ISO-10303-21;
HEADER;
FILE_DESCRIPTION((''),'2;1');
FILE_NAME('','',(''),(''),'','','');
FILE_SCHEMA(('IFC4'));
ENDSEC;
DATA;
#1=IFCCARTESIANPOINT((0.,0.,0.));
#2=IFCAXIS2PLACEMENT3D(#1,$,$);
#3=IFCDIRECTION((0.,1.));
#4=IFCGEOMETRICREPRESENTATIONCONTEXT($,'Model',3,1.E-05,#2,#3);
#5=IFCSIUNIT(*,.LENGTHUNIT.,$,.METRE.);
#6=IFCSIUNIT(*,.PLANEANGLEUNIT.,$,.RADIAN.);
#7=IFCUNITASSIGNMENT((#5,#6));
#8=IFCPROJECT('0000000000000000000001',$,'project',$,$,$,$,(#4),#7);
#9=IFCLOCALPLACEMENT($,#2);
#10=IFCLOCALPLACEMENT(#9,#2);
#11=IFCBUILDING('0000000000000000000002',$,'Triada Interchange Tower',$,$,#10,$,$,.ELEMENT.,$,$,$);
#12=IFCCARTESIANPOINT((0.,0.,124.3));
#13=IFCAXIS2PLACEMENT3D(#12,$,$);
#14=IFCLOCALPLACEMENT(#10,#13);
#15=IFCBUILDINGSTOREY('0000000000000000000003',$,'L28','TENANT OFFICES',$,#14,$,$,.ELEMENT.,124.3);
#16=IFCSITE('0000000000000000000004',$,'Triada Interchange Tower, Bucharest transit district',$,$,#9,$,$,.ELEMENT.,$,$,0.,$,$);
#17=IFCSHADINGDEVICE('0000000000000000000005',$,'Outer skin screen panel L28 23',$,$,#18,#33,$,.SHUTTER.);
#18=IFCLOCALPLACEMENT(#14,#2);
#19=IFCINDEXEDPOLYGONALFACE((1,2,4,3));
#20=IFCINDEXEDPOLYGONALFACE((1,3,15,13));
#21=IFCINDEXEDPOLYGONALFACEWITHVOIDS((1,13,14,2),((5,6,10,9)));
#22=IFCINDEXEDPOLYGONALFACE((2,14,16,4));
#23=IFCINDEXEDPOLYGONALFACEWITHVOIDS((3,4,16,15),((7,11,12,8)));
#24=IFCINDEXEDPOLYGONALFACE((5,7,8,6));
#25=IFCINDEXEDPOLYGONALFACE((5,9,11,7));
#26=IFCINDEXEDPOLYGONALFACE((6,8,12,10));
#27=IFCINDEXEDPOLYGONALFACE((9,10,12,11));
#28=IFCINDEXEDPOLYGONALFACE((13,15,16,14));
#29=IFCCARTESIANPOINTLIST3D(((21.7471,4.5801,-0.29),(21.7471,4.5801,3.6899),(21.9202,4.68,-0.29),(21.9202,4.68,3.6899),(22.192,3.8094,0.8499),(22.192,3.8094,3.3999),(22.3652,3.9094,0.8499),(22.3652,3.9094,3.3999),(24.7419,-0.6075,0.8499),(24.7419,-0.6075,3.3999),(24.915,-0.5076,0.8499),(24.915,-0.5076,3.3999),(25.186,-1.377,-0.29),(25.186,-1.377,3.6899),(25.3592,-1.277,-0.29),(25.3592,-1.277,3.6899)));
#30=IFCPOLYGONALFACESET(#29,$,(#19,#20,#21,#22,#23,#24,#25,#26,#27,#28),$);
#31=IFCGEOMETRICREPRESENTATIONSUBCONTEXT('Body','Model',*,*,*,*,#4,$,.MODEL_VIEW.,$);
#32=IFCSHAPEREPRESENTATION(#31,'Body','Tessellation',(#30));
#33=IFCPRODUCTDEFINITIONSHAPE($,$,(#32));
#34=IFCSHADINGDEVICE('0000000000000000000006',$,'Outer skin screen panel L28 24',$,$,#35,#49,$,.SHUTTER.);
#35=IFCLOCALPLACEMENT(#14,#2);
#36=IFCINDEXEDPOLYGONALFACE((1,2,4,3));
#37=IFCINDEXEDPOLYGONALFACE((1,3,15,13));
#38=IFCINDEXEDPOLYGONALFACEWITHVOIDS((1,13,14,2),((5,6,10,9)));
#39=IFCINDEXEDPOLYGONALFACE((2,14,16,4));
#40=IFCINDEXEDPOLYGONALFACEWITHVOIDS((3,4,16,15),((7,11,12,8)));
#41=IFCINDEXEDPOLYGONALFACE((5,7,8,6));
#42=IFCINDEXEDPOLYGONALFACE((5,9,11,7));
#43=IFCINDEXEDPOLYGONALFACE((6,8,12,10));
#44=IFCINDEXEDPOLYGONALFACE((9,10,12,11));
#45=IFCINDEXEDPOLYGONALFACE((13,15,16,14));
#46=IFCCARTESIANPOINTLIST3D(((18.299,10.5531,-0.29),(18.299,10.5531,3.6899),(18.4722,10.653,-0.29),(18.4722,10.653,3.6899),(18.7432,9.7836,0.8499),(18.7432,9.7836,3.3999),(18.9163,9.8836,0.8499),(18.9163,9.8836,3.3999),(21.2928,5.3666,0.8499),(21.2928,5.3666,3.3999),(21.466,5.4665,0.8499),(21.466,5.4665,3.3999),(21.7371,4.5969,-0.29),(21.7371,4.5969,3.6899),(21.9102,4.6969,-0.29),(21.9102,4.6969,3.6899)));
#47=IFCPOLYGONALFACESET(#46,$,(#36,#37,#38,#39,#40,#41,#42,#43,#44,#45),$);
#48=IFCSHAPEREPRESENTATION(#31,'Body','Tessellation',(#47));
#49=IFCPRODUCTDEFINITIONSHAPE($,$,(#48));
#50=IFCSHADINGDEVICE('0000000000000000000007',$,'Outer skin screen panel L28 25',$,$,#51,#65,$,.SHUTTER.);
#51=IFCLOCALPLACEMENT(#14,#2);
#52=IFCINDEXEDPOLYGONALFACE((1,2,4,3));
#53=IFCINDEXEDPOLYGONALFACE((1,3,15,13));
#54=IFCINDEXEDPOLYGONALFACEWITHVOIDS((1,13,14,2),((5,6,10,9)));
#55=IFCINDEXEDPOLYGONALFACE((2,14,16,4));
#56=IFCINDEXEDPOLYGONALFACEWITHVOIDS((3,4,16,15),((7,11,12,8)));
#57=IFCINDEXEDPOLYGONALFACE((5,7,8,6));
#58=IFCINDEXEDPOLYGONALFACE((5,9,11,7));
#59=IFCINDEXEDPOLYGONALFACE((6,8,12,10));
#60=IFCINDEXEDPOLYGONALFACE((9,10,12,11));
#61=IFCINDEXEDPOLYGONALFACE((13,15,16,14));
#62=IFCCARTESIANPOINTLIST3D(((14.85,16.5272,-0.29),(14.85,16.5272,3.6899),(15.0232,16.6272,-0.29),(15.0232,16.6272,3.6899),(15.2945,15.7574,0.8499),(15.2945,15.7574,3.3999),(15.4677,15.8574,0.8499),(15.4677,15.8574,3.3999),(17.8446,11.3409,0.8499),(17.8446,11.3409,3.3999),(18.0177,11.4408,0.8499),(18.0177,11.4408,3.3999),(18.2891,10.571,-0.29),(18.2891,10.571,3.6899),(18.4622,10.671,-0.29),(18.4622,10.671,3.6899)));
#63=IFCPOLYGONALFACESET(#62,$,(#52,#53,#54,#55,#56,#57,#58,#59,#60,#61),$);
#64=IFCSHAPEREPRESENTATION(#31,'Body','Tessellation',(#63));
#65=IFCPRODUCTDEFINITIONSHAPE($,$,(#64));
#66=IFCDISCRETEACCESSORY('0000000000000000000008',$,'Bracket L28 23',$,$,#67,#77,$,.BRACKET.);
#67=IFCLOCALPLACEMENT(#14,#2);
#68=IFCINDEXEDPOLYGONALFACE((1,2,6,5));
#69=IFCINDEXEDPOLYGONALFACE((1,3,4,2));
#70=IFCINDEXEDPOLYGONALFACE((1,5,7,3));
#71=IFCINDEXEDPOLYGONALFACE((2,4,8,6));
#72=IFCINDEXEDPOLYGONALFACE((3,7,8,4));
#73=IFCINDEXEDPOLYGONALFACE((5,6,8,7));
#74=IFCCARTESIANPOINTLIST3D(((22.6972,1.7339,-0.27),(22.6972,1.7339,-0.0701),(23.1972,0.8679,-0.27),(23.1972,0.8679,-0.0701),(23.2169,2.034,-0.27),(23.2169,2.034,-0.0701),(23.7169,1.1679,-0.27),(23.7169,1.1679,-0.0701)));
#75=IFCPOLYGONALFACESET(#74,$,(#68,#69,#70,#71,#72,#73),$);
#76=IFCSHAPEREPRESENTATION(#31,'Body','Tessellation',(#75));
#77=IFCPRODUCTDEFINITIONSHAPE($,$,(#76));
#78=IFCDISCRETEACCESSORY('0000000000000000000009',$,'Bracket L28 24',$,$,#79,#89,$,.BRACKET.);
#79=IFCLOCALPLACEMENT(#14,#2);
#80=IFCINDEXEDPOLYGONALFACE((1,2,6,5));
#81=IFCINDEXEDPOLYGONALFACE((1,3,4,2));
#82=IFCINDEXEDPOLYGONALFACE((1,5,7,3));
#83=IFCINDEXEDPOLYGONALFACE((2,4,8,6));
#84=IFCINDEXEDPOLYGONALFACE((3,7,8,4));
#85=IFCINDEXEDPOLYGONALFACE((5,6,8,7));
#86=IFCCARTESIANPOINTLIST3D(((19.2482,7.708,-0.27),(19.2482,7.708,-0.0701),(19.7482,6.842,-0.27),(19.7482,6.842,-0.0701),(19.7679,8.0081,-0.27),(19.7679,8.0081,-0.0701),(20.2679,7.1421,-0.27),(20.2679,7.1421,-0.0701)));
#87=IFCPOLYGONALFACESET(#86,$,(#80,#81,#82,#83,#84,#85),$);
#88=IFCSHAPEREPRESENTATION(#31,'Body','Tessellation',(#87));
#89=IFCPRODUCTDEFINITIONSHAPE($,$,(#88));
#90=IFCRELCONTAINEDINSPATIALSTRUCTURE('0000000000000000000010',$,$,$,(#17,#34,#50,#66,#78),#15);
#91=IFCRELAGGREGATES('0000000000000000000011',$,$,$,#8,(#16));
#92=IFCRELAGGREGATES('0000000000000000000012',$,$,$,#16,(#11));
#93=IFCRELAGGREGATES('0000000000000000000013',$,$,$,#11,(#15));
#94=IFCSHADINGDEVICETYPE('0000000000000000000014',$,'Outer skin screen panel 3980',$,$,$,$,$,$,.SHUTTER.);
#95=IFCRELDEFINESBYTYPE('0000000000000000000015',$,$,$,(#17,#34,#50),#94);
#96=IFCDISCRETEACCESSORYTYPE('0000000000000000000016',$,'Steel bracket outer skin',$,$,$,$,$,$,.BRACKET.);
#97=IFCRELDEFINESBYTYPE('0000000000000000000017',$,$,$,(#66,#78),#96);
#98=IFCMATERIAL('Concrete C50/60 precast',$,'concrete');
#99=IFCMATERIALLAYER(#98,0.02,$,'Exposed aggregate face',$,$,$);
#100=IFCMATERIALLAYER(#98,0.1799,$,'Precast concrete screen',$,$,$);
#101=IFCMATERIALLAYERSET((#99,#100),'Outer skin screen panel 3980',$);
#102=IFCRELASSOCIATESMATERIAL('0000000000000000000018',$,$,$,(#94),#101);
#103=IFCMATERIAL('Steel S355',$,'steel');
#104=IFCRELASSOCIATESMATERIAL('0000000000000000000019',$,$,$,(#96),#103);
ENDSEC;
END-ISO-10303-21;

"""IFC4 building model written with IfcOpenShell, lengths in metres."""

from ifc_helpers import new_model, si_unit, direction, frame, origin, origin_2d, place, context, subcontext, project, spatial, polyline, rectangle, outline, extrude, material, layer, layer_set, type_object, element, save


model = new_model("IFC4")

# Units and contexts
model_context = context("Model", 3, precision=1e-05, world=origin(), true_north=direction((0.0, 1.0)))
body_context = subcontext(model_context, "Body", "Model", "MODEL_VIEW")
ifc_project = project(units=[si_unit("LENGTHUNIT", "METRE"), si_unit("PLANEANGLEUNIT", "RADIAN")], contexts=[model_context])

# Site, building, storey
site_placement = place(None, origin())
site = spatial("IfcSite", under=ifc_project, at=site_placement, Name="Triada Interchange Tower, Bucharest transit district", CompositionType="ELEMENT", RefElevation=0.0)
building_placement = place(site_placement, origin())
building = spatial("IfcBuilding", under=site, at=building_placement, Name="Triada Interchange Tower", CompositionType="ELEMENT")
storey_placement = place(building_placement, frame((0.0, 0.0, 124.3)))
storey = spatial("IfcBuildingStorey", under=building, at=storey_placement, Name="L28", Description="TENANT OFFICES", CompositionType="ELEMENT", Elevation=124.3)

# Shading devices
ifc_material_1 = material(Name="Concrete C50/60 precast", Category="concrete")
ifc_layer_1 = layer(ifc_material_1, 0.02, Name="Exposed aggregate face")
ifc_layer_2 = layer(ifc_material_1, 0.1799, Name="Precast concrete screen")
ifc_layer_set_1 = layer_set([ifc_layer_1, ifc_layer_2], Name="Outer skin screen panel 3980")
shading_device_type = type_object("IfcShadingDeviceType", Name="Outer skin screen panel 3980", PredefinedType="SHUTTER", material=ifc_layer_set_1)
shading_device_1_placement = place(storey_placement, frame((25.186, -1.377, -0.29), z_axis=(0.0, 0.0, 1.0), x_axis=(-0.499964, 0.866046, 0.0)))
element("IfcShadingDevice", 1, at=shading_device_1_placement, inside=storey, type_object=shading_device_type, Name="Outer skin screen panel L28 23", PredefinedType="SHUTTER", context=body_context, shape_type="SweptSolid", body=[
    extrude(outline(polyline([(0.0, 0.0), (6.8784, 0.0), (6.8784, 3.98), (0.0, 3.98), (0.0, 0.0)]), holes=[polyline([(0.8884, 1.1399), (0.8884, 3.6899), (5.9885, 3.6899), (5.9885, 1.1399), (0.8884, 1.1399)])]), frame((0.0, 0.0, 0.0), z_axis=(0.0, -1.0, 0.0), x_axis=(1.0, 0.0, 0.0)), (0.0, 0.0, 1.0), 0.2),
])
shading_device_2_placement = place(storey_placement, frame((21.7371, 4.5969, -0.29), z_axis=(0.0, 0.0, 1.0), x_axis=(-0.499919, 0.866072, 0.0)))
element("IfcShadingDevice", 2, at=shading_device_2_placement, inside=storey, type_object=shading_device_type, Name="Outer skin screen panel L28 24", PredefinedType="SHUTTER", context=body_context, shape_type="SweptSolid", body=[
    extrude(outline(polyline([(0.0, 0.0), (6.8772, 0.0), (6.8772, 3.98), (0.0, 3.98), (0.0, 0.0)]), holes=[polyline([(0.8887, 1.1399), (0.8887, 3.6899), (5.9888, 3.6899), (5.9888, 1.1399), (0.8887, 1.1399)])]), frame((0.0, 0.0, 0.0), z_axis=(0.0, -1.0, 0.0), x_axis=(1.0, 0.0, 0.0)), (0.0, 0.0, 1.0), 0.2),
])
shading_device_3_placement = place(storey_placement, frame((18.2891, 10.571, -0.29), z_axis=(0.0, 0.0, 1.0), x_axis=(-0.500026, 0.866011, 0.0)))
element("IfcShadingDevice", 3, at=shading_device_3_placement, inside=storey, type_object=shading_device_type, Name="Outer skin screen panel L28 25", PredefinedType="SHUTTER", context=body_context, shape_type="SweptSolid", body=[
    extrude(outline(polyline([(0.0, 0.0), (6.8777, 0.0), (6.8777, 3.98), (0.0, 3.98), (0.0, 0.0)]), holes=[polyline([(0.8889, 1.1399), (0.8889, 3.6899), (5.9888, 3.6899), (5.9888, 1.1399), (0.8889, 1.1399)])]), frame((0.0, 0.0, 0.0), z_axis=(0.0, -1.0, 0.0), x_axis=(1.0, 0.0, 0.0)), (0.0, 0.0, 1.0), 0.2),
])

# Discrete accessories
ifc_material_2 = material(Name="Steel S355", Category="steel")
discrete_accessory_type = type_object("IfcDiscreteAccessoryType", Name="Steel bracket outer skin", PredefinedType="BRACKET", material=ifc_material_2)
for number, where, z_axis, x_axis, name in (
    (4, (23.207, 1.4509, -0.27), (0.0, 0.0, 1.0), (0.866028, 0.499995, 0.0), "Bracket L28 23"),
    (5, (19.7581, 7.425, -0.27), (0.0, 0.0, 1.0), (0.866028, 0.499995, 0.0), "Bracket L28 24"),
):
    element("IfcDiscreteAccessory", number, at=place(storey_placement, frame(where, z_axis=z_axis, x_axis=x_axis)), inside=storey, type_object=discrete_accessory_type, Name=name, PredefinedType="BRACKET", context=body_context, shape_type="SweptSolid", body=[
        extrude(rectangle(XDim=0.6001, YDim=1.0, at=origin_2d()), origin(), (0.0, 0.0, 1.0), 0.2),
    ])

save(model, "model.ifc")
